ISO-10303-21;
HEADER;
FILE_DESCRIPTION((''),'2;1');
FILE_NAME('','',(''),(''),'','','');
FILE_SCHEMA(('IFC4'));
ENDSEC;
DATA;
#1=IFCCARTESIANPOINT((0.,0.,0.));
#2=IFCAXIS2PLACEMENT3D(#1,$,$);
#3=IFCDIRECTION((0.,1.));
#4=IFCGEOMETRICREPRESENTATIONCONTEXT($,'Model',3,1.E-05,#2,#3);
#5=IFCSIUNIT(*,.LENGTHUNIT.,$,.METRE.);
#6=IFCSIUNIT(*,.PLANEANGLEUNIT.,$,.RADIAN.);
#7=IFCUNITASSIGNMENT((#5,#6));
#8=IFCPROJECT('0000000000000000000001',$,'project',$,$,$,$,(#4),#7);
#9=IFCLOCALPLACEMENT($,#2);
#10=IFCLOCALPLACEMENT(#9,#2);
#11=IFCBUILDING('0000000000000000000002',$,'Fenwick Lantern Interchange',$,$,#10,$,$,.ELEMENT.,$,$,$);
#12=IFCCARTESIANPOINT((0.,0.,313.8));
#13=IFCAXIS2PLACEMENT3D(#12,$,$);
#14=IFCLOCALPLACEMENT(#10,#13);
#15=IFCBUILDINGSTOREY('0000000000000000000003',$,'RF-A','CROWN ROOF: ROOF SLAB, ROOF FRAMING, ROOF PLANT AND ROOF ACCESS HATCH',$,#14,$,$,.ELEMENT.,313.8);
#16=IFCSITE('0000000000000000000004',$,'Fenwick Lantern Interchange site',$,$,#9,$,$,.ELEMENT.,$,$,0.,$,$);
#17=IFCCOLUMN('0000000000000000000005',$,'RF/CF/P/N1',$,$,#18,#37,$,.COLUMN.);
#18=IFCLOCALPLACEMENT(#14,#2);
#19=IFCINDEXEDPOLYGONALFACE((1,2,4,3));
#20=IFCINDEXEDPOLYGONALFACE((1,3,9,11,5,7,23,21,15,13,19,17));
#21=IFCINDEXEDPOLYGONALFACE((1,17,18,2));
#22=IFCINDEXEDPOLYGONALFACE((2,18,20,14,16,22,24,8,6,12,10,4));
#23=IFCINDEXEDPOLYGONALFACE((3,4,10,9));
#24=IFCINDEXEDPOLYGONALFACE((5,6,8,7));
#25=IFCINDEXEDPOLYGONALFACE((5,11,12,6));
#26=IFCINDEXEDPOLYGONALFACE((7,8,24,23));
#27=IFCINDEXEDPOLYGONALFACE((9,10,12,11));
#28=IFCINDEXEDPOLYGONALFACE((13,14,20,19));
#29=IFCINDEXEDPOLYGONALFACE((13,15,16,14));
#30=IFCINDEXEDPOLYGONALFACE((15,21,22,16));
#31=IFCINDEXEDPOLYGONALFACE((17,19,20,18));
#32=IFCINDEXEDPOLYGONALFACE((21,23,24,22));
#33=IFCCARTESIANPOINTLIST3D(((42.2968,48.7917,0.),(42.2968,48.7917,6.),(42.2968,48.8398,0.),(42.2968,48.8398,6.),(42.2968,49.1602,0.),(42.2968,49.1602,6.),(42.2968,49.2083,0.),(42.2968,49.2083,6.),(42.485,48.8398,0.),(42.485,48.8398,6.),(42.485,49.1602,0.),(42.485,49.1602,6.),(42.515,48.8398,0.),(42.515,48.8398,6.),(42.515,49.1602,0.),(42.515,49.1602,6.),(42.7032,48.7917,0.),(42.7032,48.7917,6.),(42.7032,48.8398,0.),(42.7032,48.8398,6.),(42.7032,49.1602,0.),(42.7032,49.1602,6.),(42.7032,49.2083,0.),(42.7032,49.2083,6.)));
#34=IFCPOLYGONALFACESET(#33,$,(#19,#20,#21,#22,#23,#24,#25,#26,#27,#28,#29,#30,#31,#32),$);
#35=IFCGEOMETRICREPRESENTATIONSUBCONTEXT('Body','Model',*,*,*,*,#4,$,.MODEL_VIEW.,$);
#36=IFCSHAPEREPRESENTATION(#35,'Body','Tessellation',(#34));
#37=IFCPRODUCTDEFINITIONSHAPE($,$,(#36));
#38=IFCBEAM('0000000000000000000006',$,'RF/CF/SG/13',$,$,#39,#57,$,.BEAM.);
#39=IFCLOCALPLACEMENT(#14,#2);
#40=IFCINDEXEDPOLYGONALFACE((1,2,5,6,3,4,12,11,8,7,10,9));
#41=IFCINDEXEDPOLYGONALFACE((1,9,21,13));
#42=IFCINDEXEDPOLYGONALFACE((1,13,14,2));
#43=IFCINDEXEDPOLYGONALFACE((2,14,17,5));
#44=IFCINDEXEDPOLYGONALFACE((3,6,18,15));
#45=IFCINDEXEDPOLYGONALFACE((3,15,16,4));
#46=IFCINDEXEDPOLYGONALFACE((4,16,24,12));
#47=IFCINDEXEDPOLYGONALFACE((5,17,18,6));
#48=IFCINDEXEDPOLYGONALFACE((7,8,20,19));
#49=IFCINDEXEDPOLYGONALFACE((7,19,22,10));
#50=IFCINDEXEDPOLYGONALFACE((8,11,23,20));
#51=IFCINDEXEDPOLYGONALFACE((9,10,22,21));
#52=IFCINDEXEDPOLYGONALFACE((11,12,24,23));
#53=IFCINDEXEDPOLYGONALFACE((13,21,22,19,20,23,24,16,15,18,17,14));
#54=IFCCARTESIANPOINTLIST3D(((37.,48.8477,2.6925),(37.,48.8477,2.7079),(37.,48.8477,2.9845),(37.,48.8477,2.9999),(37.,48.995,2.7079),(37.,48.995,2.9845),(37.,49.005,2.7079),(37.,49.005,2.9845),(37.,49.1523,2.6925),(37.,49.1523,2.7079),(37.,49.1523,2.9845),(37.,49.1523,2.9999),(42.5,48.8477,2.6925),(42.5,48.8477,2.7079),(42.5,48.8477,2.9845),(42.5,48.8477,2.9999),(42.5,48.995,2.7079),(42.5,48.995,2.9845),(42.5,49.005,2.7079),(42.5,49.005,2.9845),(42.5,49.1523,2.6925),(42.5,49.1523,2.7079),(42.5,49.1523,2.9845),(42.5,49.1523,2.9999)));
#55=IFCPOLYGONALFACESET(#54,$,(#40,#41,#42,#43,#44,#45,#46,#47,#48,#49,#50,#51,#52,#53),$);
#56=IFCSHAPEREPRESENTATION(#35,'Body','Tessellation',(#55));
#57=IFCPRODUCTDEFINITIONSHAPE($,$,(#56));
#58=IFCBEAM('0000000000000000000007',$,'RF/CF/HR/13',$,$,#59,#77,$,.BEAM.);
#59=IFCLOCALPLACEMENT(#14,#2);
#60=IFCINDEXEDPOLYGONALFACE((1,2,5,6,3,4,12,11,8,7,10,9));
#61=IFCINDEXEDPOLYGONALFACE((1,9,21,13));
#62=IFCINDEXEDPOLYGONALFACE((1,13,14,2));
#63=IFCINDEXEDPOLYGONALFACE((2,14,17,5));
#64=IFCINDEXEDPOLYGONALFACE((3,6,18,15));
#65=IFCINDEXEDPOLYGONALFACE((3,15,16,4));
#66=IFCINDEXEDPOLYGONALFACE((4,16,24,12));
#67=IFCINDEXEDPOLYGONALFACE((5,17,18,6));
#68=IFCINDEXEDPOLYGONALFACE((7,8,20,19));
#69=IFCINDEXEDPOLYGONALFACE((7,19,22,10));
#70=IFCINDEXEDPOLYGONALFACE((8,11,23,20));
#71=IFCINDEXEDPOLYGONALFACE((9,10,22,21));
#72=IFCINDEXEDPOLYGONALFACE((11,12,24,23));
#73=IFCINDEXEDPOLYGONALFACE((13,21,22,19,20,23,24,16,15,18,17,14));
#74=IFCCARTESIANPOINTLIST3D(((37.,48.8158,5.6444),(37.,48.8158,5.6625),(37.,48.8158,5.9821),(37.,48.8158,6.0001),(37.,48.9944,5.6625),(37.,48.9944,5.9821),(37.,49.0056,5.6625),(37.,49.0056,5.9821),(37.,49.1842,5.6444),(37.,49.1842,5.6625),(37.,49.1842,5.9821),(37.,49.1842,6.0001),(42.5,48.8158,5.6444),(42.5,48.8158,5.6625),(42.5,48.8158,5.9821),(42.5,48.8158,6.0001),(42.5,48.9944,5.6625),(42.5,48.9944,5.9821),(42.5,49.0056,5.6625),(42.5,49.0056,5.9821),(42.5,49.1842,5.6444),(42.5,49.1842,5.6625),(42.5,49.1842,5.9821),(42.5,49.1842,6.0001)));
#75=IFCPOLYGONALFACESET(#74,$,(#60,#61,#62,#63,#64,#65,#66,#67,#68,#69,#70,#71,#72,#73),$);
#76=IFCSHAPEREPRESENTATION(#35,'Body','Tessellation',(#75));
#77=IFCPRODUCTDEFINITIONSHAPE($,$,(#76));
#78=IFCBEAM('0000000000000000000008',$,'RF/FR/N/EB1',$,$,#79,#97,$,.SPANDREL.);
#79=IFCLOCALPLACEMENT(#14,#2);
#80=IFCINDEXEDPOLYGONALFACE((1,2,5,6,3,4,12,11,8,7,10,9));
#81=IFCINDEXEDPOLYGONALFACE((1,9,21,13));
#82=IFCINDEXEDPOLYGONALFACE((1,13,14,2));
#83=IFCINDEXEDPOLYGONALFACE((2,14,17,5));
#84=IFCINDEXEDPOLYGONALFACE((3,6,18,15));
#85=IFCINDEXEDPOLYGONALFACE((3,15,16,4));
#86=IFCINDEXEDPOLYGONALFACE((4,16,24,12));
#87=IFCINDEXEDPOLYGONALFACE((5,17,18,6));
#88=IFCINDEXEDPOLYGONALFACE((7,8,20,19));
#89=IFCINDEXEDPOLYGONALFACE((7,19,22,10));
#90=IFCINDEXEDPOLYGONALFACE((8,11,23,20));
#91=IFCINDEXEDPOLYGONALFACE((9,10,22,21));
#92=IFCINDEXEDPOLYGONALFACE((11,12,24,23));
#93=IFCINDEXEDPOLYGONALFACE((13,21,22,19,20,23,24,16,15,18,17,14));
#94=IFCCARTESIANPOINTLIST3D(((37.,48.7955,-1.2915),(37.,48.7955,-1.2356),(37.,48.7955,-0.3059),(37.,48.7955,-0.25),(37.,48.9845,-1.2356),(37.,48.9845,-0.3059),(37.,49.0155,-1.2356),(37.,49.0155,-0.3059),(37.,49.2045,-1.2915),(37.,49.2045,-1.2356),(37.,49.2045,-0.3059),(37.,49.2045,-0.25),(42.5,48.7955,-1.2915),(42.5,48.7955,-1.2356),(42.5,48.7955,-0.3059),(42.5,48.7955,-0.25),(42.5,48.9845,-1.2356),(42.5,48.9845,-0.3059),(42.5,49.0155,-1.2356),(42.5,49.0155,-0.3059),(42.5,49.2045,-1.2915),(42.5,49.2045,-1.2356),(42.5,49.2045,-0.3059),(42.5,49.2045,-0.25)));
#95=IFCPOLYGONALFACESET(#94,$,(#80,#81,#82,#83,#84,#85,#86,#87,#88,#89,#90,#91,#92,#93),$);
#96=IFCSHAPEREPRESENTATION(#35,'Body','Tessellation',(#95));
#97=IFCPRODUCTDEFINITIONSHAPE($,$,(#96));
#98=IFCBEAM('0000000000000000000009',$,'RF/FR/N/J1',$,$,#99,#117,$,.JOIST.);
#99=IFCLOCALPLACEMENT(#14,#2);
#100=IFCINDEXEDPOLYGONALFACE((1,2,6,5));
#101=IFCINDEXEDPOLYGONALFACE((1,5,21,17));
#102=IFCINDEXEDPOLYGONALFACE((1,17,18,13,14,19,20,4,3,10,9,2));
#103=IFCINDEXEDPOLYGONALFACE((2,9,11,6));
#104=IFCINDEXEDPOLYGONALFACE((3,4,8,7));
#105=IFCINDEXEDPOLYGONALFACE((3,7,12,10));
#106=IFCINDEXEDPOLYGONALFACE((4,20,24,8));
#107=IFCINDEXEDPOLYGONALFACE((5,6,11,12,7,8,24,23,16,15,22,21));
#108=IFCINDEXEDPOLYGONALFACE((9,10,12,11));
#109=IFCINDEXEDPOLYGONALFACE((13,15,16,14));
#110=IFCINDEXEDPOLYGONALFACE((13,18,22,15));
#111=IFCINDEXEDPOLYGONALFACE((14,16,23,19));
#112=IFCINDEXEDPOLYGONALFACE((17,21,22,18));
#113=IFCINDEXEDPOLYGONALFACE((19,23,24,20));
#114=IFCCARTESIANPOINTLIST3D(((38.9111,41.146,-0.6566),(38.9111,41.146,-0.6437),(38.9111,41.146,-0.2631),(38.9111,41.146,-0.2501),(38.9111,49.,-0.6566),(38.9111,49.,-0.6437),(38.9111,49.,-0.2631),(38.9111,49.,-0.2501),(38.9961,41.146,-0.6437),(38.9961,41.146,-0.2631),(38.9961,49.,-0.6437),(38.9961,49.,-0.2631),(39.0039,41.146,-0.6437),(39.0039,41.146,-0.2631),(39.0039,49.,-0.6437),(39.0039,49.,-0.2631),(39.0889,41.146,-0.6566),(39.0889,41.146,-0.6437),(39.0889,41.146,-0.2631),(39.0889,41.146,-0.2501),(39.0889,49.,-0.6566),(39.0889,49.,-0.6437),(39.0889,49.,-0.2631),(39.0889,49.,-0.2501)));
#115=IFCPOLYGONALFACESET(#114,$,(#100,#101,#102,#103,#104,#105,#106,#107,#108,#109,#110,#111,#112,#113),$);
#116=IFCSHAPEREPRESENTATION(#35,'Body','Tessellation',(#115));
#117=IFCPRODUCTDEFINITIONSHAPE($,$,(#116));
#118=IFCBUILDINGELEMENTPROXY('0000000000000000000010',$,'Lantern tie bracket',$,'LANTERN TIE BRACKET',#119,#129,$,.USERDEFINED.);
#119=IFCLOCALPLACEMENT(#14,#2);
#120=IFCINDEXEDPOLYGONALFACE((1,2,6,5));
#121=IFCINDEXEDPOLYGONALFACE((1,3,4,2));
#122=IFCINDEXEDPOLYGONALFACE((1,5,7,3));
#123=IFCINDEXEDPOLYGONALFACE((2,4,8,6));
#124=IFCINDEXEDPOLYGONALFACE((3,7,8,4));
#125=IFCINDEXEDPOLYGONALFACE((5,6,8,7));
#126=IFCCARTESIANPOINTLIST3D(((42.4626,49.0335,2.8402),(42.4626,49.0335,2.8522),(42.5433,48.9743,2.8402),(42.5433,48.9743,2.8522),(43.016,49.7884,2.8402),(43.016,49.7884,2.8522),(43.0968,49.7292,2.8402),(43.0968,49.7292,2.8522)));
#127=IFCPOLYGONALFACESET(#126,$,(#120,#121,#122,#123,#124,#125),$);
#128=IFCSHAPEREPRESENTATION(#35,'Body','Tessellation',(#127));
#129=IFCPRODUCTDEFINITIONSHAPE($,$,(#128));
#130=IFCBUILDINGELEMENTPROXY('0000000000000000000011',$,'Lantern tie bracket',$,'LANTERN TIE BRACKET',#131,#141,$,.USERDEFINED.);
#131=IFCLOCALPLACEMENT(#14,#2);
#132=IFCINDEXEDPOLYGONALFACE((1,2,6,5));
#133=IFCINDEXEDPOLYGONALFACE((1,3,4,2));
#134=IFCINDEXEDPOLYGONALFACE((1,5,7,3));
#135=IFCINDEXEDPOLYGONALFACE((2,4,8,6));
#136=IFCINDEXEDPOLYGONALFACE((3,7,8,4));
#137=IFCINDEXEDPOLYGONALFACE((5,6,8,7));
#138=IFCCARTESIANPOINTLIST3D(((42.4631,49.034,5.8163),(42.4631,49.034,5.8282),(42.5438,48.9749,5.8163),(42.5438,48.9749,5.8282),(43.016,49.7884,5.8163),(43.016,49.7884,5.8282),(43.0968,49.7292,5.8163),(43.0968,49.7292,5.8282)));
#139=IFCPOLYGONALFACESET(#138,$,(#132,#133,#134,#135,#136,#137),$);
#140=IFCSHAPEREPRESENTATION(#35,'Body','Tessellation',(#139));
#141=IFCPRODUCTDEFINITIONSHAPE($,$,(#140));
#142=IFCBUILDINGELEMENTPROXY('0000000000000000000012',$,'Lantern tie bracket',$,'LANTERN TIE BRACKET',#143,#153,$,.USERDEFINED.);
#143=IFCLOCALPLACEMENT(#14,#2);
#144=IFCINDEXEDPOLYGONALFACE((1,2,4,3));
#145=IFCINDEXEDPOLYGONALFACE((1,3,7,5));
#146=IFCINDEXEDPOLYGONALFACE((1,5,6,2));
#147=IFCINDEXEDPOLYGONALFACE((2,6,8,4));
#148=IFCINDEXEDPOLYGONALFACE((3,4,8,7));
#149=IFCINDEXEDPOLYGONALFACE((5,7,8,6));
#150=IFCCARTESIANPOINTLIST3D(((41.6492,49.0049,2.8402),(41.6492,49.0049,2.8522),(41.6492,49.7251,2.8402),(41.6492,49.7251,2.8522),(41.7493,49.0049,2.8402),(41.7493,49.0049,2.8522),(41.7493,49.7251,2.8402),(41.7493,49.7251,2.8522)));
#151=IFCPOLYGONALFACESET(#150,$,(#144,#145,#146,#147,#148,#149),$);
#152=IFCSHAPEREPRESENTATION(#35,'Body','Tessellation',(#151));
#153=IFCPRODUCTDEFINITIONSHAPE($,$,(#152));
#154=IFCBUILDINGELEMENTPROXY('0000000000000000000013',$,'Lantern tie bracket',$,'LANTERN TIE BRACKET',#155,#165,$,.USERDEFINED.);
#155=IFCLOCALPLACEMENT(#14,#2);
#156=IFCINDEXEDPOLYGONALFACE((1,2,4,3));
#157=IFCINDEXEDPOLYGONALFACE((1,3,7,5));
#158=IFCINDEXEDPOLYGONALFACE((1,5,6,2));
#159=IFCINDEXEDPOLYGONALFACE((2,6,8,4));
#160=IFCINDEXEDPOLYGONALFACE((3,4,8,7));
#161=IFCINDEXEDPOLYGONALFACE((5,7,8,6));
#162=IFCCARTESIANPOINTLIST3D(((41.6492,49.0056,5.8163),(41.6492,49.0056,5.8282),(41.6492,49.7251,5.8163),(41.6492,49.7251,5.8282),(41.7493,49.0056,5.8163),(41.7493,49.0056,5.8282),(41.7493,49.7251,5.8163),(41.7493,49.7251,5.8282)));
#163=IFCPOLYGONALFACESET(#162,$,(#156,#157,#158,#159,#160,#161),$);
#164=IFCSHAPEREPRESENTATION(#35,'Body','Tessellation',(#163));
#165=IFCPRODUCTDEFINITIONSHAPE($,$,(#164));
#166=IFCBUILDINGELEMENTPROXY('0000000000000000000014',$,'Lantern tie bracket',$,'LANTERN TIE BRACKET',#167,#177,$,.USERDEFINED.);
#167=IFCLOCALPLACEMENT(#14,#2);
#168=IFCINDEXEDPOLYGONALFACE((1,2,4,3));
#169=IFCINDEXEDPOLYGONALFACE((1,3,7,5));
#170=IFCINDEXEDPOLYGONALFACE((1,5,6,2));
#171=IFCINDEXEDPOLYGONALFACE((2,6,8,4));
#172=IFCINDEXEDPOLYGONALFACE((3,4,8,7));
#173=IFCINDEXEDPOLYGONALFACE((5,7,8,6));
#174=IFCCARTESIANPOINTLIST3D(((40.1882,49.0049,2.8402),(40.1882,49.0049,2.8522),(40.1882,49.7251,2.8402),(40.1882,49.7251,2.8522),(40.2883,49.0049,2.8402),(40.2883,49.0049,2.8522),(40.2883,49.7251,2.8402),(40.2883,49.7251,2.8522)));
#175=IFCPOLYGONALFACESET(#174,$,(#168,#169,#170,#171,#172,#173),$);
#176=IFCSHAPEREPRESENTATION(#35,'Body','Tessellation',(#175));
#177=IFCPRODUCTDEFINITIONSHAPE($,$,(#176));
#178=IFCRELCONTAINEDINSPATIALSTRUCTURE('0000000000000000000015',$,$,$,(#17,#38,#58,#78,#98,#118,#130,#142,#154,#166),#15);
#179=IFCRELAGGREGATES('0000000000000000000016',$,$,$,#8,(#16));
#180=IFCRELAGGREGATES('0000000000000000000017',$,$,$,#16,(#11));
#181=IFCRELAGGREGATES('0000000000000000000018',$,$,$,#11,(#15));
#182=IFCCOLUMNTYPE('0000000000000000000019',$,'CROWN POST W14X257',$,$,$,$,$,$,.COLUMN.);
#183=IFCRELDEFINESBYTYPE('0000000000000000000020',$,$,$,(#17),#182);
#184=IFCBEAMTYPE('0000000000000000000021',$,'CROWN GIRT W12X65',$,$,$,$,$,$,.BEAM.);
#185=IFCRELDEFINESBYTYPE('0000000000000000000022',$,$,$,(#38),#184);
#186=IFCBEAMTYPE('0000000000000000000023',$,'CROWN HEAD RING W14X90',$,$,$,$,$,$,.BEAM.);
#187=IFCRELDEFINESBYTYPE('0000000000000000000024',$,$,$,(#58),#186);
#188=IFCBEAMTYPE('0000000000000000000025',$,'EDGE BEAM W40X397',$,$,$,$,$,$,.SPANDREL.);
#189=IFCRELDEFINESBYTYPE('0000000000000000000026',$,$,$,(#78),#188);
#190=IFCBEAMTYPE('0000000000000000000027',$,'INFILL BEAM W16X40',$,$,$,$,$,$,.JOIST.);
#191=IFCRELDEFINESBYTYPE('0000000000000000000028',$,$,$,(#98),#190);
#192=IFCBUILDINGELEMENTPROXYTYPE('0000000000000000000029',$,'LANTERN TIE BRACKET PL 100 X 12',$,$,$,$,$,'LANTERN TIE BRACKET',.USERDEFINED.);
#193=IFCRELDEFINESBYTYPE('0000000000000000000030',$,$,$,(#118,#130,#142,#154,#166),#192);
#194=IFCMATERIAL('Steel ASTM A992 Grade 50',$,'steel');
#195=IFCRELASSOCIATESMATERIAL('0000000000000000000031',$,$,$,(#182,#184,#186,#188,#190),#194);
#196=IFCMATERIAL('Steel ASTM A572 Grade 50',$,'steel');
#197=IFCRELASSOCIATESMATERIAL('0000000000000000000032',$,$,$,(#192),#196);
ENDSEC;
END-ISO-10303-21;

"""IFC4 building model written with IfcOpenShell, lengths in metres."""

from ifc_helpers import new_model, si_unit, direction, frame, origin, origin_2d, place, context, subcontext, project, spatial, rectangle, i_section, extrude, material, material_profile, profile_set, type_object, element, save


model = new_model("IFC4")

# Units and contexts
model_context = context("Model", 3, precision=1e-05, world=origin(), true_north=direction((0.0, 1.0)))
body_context = subcontext(model_context, "Body", "Model", "MODEL_VIEW")
ifc_project = project(units=[si_unit("LENGTHUNIT", "METRE"), si_unit("PLANEANGLEUNIT", "RADIAN")], contexts=[model_context])

# Site, building, storey
site_placement = place(None, origin())
site = spatial("IfcSite", under=ifc_project, at=site_placement, Name="Fenwick Lantern Interchange site", CompositionType="ELEMENT", RefElevation=0.0)
building_placement = place(site_placement, origin())
building = spatial("IfcBuilding", under=site, at=building_placement, Name="Fenwick Lantern Interchange", CompositionType="ELEMENT")
storey_placement = place(building_placement, frame((0.0, 0.0, 313.8)))
storey = spatial("IfcBuildingStorey", under=building, at=storey_placement, Name="RF-A", Description="CROWN ROOF: ROOF SLAB, ROOF FRAMING, ROOF PLANT AND ROOF ACCESS HATCH", CompositionType="ELEMENT", Elevation=313.8)

# Column
ifc_material_1 = material(Name="Steel ASTM A992 Grade 50", Category="steel")
ifc_material_profile_1 = material_profile(ifc_material_1, i_section(OverallWidth=0.4065, OverallDepth=0.4165, WebThickness=0.03, FlangeThickness=0.0481, at=origin_2d()), Name="W14X257")
ifc_profile_set_1 = profile_set([ifc_material_profile_1], Name="Steel ASTM A992 Grade 50")
column_type = type_object("IfcColumnType", Name="CROWN POST W14X257", PredefinedType="COLUMN", material=ifc_profile_set_1)
column_placement = place(storey_placement, frame((42.5, 49.0, 0.0), z_axis=(0.0, 0.0, 1.0), x_axis=(1.0, 0.0, 0.0)))
element("IfcColumn", 1, at=column_placement, inside=storey, type_object=column_type, Name="RF/CF/P/N1", PredefinedType="COLUMN", context=body_context, shape_type="SweptSolid", body=[
    extrude(i_section(OverallWidth=0.4065, OverallDepth=0.4165, WebThickness=0.03, FlangeThickness=0.0481, at=origin_2d()), origin(), (0.0, 0.0, 1.0), 6.0),
])

# Beams
ifc_material_profile_2 = material_profile(ifc_material_1, i_section(OverallWidth=0.3047, OverallDepth=0.3074, WebThickness=0.01, FlangeThickness=0.0154, at=origin_2d()), Name="W12X65")
ifc_profile_set_2 = profile_set([ifc_material_profile_2], Name="Steel ASTM A992 Grade 50")
beam_type_1 = type_object("IfcBeamType", Name="CROWN GIRT W12X65", PredefinedType="BEAM", material=ifc_profile_set_2)
beam_1_placement = place(storey_placement, frame((42.5, 49.0, 2.8462), z_axis=(-1.0, 0.0, 0.0), x_axis=(0.0, -1.0, 0.0)))
element("IfcBeam", 2, at=beam_1_placement, inside=storey, type_object=beam_type_1, Name="RF/CF/SG/13", PredefinedType="BEAM", context=body_context, shape_type="SweptSolid", body=[
    extrude(i_section(OverallWidth=0.3047, OverallDepth=0.3074, WebThickness=0.01, FlangeThickness=0.0154, at=origin_2d()), origin(), (0.0, 0.0, 1.0), 5.5),
])
ifc_material_profile_3 = material_profile(ifc_material_1, i_section(OverallWidth=0.3684, OverallDepth=0.3557, WebThickness=0.0112, FlangeThickness=0.0181, at=origin_2d()), Name="W14X90")
ifc_profile_set_3 = profile_set([ifc_material_profile_3], Name="Steel ASTM A992 Grade 50")
beam_type_2 = type_object("IfcBeamType", Name="CROWN HEAD RING W14X90", PredefinedType="BEAM", material=ifc_profile_set_3)
beam_2_placement = place(storey_placement, frame((42.5, 49.0, 5.8223), z_axis=(-1.0, 0.0, 0.0), x_axis=(0.0, -1.0, 0.0)))
element("IfcBeam", 3, at=beam_2_placement, inside=storey, type_object=beam_type_2, Name="RF/CF/HR/13", PredefinedType="BEAM", context=body_context, shape_type="SweptSolid", body=[
    extrude(i_section(OverallWidth=0.3684, OverallDepth=0.3557, WebThickness=0.0112, FlangeThickness=0.0181, at=origin_2d()), origin(), (0.0, 0.0, 1.0), 5.5),
])
ifc_material_profile_4 = material_profile(ifc_material_1, i_section(OverallWidth=0.4089, OverallDepth=1.0415, WebThickness=0.031, FlangeThickness=0.0559, at=origin_2d()), Name="W40X397")
ifc_profile_set_4 = profile_set([ifc_material_profile_4], Name="Steel ASTM A992 Grade 50")
beam_type_3 = type_object("IfcBeamType", Name="EDGE BEAM W40X397", PredefinedType="SPANDREL", material=ifc_profile_set_4)
beam_3_placement = place(storey_placement, frame((42.5, 49.0, -0.7708), z_axis=(-1.0, 0.0, 0.0), x_axis=(0.0, -1.0, 0.0)))
element("IfcBeam", 4, at=beam_3_placement, inside=storey, type_object=beam_type_3, Name="RF/FR/N/EB1", PredefinedType="SPANDREL", context=body_context, shape_type="SweptSolid", body=[
    extrude(i_section(OverallWidth=0.4089, OverallDepth=1.0415, WebThickness=0.031, FlangeThickness=0.0559, at=origin_2d()), origin(), (0.0, 0.0, 1.0), 5.5),
])
ifc_material_profile_5 = material_profile(ifc_material_1, i_section(OverallWidth=0.1777, OverallDepth=0.4065, WebThickness=0.0078, FlangeThickness=0.0129, at=origin_2d()), Name="W16X40")
ifc_profile_set_5 = profile_set([ifc_material_profile_5], Name="Steel ASTM A992 Grade 50")
beam_type_4 = type_object("IfcBeamType", Name="INFILL BEAM W16X40", PredefinedType="JOIST", material=ifc_profile_set_5)
beam_4_placement = place(storey_placement, frame((39.0, 49.0, -0.4534), z_axis=(0.0, -1.0, 0.0), x_axis=(1.0, 0.0, 0.0)))
element("IfcBeam", 5, at=beam_4_placement, inside=storey, type_object=beam_type_4, Name="RF/FR/N/J1", PredefinedType="JOIST", context=body_context, shape_type="SweptSolid", body=[
    extrude(i_section(OverallWidth=0.1777, OverallDepth=0.4065, WebThickness=0.0078, FlangeThickness=0.0129, at=origin_2d()), origin(), (0.0, 0.0, 1.0), 7.854),
])

# Building element proxies
ifc_material_2 = material(Name="Steel ASTM A572 Grade 50", Category="steel")
ifc_material_profile_6 = material_profile(ifc_material_2, rectangle(XDim=0.1001, YDim=0.012, at=origin_2d()), Name="PL100X12")
ifc_profile_set_6 = profile_set([ifc_material_profile_6], Name="Steel ASTM A572 Grade 50")
building_element_proxy_type = type_object("IfcBuildingElementProxyType", Name="LANTERN TIE BRACKET PL 100 X 12", ElementType="LANTERN TIE BRACKET", PredefinedType="USERDEFINED", material=ifc_profile_set_6)
proxy_1_placement = place(storey_placement, frame((43.0564, 49.7588, 2.8462), z_axis=(-0.591285, -0.806463, 0.0), x_axis=(0.806463, -0.591285, 0.0)))
element("IfcBuildingElementProxy", 6, at=proxy_1_placement, inside=storey, type_object=building_element_proxy_type, Name="Lantern tie bracket", ObjectType="LANTERN TIE BRACKET", PredefinedType="USERDEFINED", context=body_context, shape_type="SweptSolid", body=[
    extrude(rectangle(XDim=0.1001, YDim=0.012, at=origin_2d()), origin(), (0.0, 0.0, 1.0), 0.936),
])
proxy_2_placement = place(storey_placement, frame((43.0564, 49.7588, 5.8223), z_axis=(-0.591194, -0.806529, 0.0), x_axis=(0.806529, -0.591194, 0.0)))
element("IfcBuildingElementProxy", 7, at=proxy_2_placement, inside=storey, type_object=building_element_proxy_type, Name="Lantern tie bracket", ObjectType="LANTERN TIE BRACKET", PredefinedType="USERDEFINED", context=body_context, shape_type="SweptSolid", body=[
    extrude(rectangle(XDim=0.1001, YDim=0.012, at=origin_2d()), origin(), (0.0, 0.0, 1.0), 0.9353),
])
proxy_3_placement = place(storey_placement, frame((41.6992, 49.7251, 2.8462), z_axis=(0.0, -1.0, 0.0), x_axis=(1.0, 0.0, 0.0)))
element("IfcBuildingElementProxy", 8, at=proxy_3_placement, inside=storey, type_object=building_element_proxy_type, Name="Lantern tie bracket", ObjectType="LANTERN TIE BRACKET", PredefinedType="USERDEFINED", context=body_context, shape_type="SweptSolid", body=[
    extrude(rectangle(XDim=0.1001, YDim=0.012, at=origin_2d()), origin(), (0.0, 0.0, 1.0), 0.7202),
])
proxy_4_placement = place(storey_placement, frame((41.6992, 49.7251, 5.8223), z_axis=(0.0, -1.0, 0.0), x_axis=(1.0, 0.0, 0.0)))
element("IfcBuildingElementProxy", 9, at=proxy_4_placement, inside=storey, type_object=building_element_proxy_type, Name="Lantern tie bracket", ObjectType="LANTERN TIE BRACKET", PredefinedType="USERDEFINED", context=body_context, shape_type="SweptSolid", body=[
    extrude(rectangle(XDim=0.1001, YDim=0.012, at=origin_2d()), origin(), (0.0, 0.0, 1.0), 0.7195),
])
proxy_5_placement = place(storey_placement, frame((40.2383, 49.7251, 2.8462), z_axis=(0.0, -1.0, 0.0), x_axis=(1.0, 0.0, 0.0)))
element("IfcBuildingElementProxy", 10, at=proxy_5_placement, inside=storey, type_object=building_element_proxy_type, Name="Lantern tie bracket", ObjectType="LANTERN TIE BRACKET", PredefinedType="USERDEFINED", context=body_context, shape_type="SweptSolid", body=[
    extrude(rectangle(XDim=0.1001, YDim=0.012, at=origin_2d()), origin(), (0.0, 0.0, 1.0), 0.7202),
])

save(model, "model.ifc")
